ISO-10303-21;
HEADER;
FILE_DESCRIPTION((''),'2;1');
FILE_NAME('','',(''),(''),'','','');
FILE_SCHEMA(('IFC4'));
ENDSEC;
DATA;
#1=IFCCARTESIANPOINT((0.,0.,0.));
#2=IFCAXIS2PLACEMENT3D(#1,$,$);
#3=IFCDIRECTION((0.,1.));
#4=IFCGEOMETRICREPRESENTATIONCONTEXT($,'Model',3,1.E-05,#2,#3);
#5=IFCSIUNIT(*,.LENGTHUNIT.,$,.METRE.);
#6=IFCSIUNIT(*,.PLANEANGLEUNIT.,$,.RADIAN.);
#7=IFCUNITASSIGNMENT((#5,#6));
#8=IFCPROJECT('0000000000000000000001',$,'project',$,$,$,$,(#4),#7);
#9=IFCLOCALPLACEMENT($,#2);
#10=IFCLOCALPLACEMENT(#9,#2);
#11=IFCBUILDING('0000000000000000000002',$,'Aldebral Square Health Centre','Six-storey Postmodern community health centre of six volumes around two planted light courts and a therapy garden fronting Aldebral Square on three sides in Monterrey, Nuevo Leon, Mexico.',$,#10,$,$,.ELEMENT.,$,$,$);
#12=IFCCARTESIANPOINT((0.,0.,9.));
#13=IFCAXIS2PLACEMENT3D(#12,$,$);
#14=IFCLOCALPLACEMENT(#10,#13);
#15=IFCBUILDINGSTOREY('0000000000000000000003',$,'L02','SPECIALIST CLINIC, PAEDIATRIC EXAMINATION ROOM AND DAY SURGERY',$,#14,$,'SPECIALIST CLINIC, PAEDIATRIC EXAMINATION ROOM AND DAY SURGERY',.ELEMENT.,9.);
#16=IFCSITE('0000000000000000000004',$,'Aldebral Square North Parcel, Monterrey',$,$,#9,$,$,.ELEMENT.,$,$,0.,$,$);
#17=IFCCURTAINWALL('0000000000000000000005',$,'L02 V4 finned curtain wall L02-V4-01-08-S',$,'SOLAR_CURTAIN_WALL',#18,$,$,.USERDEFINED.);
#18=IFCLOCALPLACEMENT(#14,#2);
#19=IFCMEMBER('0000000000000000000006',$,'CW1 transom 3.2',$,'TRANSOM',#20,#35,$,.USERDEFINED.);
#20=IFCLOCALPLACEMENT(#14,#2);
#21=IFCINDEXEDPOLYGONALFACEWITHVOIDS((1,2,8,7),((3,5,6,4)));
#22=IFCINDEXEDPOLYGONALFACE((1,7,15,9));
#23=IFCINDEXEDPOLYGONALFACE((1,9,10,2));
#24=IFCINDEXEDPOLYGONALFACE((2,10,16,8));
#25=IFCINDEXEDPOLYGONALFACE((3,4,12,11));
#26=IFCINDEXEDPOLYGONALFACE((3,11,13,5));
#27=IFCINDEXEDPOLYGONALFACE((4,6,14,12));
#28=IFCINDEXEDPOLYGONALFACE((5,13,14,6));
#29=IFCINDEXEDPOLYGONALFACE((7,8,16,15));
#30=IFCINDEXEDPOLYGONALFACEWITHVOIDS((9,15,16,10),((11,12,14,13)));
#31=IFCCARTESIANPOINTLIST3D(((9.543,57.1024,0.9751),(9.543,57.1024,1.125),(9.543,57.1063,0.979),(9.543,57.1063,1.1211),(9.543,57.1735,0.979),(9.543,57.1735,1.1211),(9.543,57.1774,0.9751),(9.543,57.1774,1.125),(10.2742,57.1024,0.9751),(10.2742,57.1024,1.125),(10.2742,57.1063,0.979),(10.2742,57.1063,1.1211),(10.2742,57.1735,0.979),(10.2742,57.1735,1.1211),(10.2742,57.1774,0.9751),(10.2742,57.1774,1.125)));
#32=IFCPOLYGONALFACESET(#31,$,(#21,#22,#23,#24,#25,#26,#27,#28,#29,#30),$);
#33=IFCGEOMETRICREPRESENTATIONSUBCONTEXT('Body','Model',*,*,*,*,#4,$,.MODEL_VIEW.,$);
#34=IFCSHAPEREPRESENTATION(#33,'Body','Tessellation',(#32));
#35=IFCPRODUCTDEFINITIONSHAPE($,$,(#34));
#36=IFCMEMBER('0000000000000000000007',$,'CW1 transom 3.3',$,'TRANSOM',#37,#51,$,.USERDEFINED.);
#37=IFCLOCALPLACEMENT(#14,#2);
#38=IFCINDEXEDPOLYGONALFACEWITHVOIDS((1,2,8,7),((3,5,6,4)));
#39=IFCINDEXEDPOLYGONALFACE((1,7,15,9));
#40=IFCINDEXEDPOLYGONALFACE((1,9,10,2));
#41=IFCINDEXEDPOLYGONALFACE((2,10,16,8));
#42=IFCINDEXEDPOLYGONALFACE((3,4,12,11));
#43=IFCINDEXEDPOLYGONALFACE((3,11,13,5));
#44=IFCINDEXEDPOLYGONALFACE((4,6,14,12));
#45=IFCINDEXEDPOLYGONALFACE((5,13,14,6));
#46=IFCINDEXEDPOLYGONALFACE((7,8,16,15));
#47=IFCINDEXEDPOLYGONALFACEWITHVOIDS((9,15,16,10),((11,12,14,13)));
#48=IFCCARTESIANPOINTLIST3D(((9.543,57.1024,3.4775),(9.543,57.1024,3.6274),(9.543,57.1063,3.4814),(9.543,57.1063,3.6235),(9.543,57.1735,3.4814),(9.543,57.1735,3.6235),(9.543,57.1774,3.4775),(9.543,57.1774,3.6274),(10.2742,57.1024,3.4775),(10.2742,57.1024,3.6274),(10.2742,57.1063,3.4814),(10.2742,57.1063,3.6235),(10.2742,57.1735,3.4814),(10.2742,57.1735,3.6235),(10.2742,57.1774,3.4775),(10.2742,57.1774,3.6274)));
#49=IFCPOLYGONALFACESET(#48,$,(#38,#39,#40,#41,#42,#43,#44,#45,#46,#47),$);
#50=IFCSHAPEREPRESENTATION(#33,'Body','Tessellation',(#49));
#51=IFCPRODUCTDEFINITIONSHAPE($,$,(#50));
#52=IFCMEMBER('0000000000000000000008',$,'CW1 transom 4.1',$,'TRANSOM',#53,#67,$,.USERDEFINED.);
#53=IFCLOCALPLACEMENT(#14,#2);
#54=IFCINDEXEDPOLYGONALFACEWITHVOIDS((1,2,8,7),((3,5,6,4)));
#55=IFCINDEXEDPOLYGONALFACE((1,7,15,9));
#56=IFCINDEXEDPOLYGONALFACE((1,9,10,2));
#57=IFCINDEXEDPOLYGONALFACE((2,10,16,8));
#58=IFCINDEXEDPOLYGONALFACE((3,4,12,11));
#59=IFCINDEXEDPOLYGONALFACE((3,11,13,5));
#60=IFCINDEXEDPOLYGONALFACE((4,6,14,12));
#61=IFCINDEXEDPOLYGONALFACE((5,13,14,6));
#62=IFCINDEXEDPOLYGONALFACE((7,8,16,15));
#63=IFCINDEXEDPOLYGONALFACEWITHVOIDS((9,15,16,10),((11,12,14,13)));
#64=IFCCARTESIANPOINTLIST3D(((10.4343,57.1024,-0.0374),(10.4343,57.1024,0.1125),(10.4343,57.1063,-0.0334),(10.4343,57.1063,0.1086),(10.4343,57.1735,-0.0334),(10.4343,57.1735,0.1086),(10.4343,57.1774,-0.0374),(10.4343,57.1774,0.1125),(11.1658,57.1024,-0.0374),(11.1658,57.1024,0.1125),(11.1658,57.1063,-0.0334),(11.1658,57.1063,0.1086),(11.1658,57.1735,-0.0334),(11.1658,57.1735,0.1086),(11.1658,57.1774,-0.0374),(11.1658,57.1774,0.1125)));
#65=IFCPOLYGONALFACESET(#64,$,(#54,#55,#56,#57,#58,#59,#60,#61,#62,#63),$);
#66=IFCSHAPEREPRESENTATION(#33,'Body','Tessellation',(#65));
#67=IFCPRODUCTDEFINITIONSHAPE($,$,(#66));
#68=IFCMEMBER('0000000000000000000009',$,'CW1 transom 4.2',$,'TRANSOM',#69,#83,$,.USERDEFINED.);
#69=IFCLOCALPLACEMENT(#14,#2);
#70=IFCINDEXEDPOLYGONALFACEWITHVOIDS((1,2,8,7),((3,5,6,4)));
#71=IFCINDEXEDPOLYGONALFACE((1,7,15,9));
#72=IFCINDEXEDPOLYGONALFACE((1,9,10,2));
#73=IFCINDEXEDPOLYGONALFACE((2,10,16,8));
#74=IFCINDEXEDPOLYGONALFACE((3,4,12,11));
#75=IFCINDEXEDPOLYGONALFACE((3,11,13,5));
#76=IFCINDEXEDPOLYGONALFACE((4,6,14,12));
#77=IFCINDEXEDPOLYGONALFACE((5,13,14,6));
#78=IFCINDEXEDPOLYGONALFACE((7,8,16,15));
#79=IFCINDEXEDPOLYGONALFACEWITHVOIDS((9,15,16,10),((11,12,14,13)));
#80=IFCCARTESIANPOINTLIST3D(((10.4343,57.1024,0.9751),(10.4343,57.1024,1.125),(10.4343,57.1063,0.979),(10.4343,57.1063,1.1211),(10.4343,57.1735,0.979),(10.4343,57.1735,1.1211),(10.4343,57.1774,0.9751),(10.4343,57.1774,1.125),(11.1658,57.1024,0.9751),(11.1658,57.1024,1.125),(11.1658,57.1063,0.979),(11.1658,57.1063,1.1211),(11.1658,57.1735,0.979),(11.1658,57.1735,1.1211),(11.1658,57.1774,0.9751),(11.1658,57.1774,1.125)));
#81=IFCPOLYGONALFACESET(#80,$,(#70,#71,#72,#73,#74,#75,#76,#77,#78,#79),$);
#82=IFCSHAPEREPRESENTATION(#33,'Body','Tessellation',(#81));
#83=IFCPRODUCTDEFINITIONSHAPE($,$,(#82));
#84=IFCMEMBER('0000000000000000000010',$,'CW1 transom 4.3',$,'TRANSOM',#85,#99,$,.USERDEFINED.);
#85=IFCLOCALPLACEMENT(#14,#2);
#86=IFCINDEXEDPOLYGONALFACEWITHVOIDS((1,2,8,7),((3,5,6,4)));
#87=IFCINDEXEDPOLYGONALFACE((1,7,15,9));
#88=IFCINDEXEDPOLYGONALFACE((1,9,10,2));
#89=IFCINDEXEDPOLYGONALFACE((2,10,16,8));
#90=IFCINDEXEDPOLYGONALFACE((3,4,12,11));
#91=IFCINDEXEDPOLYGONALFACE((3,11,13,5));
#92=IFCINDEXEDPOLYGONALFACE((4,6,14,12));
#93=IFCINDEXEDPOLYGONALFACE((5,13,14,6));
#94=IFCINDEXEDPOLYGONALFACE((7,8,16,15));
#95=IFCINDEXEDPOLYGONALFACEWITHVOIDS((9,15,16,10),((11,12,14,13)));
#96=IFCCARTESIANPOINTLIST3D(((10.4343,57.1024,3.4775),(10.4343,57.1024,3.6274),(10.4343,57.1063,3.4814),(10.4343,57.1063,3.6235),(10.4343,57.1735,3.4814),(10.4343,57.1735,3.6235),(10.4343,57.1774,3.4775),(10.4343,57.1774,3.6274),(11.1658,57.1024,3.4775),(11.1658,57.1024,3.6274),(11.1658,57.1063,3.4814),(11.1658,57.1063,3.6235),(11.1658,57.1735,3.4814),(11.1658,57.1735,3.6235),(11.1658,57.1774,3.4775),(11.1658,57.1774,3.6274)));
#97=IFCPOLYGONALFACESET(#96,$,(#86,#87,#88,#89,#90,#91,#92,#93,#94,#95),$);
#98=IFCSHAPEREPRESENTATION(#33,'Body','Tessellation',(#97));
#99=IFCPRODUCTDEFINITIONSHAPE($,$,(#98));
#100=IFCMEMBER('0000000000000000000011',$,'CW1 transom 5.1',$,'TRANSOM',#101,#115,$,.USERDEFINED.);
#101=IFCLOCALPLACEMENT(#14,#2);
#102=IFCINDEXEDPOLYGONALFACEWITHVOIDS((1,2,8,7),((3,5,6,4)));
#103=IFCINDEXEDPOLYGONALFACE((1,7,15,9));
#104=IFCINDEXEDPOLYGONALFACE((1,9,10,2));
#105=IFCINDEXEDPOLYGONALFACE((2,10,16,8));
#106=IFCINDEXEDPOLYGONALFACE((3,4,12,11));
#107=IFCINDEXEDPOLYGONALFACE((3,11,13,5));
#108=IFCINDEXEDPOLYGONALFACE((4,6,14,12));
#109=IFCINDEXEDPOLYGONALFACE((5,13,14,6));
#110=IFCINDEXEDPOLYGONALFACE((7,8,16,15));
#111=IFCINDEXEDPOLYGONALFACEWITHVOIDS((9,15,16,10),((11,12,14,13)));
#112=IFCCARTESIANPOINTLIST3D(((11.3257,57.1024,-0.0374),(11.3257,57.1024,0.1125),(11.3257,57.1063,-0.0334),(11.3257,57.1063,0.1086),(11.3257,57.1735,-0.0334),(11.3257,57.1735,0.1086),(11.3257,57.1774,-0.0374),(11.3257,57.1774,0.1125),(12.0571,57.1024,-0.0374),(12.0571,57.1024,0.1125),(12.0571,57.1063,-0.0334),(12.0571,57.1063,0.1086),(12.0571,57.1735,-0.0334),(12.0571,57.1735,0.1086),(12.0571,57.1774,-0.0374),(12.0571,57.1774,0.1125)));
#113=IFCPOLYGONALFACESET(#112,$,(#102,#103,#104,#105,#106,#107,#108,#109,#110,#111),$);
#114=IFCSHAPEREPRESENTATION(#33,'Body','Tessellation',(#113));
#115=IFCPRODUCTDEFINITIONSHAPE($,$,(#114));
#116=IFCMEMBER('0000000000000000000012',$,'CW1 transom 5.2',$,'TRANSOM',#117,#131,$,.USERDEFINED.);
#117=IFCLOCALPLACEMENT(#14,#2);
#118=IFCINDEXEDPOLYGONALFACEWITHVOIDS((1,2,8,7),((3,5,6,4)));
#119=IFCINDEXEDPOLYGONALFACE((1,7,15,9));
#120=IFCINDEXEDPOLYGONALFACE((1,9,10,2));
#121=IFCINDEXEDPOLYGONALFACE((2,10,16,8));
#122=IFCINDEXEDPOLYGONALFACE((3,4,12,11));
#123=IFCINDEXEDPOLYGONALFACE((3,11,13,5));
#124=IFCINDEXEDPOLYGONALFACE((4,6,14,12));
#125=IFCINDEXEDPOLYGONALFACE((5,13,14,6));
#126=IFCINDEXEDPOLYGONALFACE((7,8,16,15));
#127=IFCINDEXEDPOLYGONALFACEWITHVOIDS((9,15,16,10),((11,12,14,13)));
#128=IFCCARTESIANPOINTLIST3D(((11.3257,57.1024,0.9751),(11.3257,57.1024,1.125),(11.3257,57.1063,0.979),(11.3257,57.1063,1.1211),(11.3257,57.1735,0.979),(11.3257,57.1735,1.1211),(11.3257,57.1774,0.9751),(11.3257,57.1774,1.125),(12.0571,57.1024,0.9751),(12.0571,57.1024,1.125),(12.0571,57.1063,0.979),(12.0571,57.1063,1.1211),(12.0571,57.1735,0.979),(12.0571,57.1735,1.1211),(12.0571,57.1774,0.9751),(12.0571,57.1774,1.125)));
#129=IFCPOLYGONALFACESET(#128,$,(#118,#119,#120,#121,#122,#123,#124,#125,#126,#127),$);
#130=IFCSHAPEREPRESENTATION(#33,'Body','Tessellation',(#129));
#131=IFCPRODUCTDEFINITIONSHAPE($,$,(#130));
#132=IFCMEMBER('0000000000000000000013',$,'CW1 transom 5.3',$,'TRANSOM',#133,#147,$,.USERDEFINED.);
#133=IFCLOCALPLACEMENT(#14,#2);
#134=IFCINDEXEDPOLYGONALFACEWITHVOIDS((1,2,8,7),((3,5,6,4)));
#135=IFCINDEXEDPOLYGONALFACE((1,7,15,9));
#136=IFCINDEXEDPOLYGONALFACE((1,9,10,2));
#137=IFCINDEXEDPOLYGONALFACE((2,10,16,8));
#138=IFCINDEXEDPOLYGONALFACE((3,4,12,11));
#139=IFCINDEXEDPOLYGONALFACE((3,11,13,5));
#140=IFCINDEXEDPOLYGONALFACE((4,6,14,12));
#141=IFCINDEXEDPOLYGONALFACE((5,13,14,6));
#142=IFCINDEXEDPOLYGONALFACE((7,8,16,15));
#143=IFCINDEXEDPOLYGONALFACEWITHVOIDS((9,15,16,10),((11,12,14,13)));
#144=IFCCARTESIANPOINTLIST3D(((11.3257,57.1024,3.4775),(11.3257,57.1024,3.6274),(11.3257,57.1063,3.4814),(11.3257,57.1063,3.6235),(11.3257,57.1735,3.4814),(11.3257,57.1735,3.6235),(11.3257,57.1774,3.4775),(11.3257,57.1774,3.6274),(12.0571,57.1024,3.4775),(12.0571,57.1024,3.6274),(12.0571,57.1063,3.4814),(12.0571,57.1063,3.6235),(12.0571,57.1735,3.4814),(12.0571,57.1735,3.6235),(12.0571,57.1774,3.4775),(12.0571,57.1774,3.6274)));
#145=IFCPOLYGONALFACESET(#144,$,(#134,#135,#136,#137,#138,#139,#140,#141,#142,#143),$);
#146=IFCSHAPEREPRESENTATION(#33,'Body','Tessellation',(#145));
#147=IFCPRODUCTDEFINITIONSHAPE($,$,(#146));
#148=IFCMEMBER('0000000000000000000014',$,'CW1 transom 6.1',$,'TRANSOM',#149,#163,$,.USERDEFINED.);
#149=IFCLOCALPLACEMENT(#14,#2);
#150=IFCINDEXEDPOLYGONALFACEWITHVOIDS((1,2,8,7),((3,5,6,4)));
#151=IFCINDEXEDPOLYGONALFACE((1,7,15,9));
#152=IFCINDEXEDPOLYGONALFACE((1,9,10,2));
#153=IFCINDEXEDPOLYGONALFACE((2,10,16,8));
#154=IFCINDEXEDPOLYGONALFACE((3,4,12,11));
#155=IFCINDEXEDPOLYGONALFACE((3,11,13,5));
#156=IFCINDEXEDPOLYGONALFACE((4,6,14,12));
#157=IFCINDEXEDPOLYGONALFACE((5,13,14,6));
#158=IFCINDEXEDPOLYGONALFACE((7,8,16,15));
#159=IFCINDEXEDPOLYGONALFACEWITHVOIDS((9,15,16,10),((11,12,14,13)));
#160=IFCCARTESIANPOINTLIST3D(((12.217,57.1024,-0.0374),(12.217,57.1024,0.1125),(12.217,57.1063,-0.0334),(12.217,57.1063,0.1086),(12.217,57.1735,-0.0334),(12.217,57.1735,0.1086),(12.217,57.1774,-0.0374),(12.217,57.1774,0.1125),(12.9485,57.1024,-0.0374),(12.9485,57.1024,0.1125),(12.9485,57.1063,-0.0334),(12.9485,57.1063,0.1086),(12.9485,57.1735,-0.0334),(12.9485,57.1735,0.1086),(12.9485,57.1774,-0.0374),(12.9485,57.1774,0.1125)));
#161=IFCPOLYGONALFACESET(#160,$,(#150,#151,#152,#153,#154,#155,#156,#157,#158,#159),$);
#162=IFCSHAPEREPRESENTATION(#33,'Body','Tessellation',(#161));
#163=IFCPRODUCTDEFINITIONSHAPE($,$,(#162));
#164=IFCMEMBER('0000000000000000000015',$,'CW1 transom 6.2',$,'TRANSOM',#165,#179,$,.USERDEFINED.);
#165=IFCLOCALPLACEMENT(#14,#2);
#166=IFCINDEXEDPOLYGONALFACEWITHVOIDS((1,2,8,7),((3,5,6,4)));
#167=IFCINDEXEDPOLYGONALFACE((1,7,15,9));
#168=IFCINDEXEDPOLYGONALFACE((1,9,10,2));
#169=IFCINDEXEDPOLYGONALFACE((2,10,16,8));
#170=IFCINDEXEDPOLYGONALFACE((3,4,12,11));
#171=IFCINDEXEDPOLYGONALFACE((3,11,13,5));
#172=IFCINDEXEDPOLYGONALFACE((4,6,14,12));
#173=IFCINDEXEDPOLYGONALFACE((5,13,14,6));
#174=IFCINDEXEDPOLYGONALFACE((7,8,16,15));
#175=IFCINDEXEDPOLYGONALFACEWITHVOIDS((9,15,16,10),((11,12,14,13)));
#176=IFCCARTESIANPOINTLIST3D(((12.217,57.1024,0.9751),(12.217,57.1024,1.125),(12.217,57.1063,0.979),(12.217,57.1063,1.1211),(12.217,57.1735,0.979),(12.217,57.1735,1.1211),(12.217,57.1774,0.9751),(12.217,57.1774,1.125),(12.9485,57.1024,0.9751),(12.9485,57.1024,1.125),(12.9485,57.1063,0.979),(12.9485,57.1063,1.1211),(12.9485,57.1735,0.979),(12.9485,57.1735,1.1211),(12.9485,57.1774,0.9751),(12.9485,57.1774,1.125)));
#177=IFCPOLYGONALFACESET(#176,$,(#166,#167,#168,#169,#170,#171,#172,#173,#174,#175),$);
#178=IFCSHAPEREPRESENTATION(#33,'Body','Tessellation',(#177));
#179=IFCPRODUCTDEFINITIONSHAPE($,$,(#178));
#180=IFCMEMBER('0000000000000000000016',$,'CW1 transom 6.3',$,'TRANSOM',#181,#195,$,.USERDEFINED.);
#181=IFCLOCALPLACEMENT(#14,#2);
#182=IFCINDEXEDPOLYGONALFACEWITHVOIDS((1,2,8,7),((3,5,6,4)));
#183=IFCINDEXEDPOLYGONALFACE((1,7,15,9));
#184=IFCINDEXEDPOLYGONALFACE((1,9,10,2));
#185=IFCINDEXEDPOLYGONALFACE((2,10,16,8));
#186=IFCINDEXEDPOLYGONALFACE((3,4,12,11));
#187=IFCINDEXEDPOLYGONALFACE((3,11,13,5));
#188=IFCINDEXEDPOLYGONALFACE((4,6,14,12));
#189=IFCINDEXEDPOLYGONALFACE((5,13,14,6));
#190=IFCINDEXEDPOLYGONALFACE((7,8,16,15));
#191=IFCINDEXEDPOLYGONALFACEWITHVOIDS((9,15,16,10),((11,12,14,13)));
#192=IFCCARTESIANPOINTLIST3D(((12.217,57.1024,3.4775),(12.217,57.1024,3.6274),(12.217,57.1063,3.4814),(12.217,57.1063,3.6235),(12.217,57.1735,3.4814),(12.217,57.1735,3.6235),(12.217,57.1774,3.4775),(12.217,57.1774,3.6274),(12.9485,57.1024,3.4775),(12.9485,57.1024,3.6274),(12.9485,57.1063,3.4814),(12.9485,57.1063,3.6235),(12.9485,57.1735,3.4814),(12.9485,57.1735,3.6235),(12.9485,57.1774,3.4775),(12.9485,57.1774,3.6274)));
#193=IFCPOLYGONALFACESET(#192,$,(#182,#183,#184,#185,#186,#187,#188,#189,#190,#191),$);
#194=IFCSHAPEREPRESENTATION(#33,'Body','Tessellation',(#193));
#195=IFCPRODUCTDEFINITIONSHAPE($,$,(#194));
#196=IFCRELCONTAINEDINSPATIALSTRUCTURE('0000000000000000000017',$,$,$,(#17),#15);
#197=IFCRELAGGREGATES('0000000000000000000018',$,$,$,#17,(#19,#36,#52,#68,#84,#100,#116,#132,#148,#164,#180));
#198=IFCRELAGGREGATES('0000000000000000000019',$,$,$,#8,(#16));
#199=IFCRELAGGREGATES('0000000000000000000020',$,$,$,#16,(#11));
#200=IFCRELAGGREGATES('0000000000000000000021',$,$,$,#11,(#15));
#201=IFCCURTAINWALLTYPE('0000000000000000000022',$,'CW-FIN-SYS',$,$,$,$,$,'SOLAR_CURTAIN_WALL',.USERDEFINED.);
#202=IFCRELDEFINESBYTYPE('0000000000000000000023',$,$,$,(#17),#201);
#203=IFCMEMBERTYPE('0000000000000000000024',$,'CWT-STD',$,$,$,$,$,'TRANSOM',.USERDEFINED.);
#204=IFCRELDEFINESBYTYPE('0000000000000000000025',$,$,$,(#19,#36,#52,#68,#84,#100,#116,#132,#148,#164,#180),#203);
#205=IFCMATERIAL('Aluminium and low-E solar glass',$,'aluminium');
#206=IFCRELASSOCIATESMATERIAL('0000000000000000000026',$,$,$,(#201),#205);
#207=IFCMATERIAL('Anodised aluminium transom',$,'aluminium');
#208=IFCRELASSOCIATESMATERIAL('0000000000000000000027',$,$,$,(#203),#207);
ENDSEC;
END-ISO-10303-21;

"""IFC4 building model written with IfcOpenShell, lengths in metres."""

from ifc_helpers import new_model, si_unit, direction, frame, origin, origin_2d, place, context, subcontext, project, spatial, hollow_rectangle, extrude, material, material_profile, profile_set, type_object, element, aggregate, save


model = new_model("IFC4")

# Units and contexts
model_context = context("Model", 3, precision=1e-05, world=origin(), true_north=direction((0.0, 1.0)))
body_context = subcontext(model_context, "Body", "Model", "MODEL_VIEW")
ifc_project = project(units=[si_unit("LENGTHUNIT", "METRE"), si_unit("PLANEANGLEUNIT", "RADIAN")], contexts=[model_context])

# Site, building, storey
site_placement = place(None, origin())
site = spatial("IfcSite", under=ifc_project, at=site_placement, Name="Aldebral Square North Parcel, Monterrey", CompositionType="ELEMENT", RefElevation=0.0)
building_placement = place(site_placement, origin())
building = spatial("IfcBuilding", under=site, at=building_placement, Name="Aldebral Square Health Centre", Description="Six-storey Postmodern community health centre of six volumes around two planted light courts and a therapy garden fronting Aldebral Square on three sides in Monterrey, Nuevo Leon, Mexico.", CompositionType="ELEMENT")
storey_placement = place(building_placement, frame((0.0, 0.0, 9.0)))
storey = spatial("IfcBuildingStorey", under=building, at=storey_placement, Name="L02", Description="SPECIALIST CLINIC, PAEDIATRIC EXAMINATION ROOM AND DAY SURGERY", LongName="SPECIALIST CLINIC, PAEDIATRIC EXAMINATION ROOM AND DAY SURGERY", CompositionType="ELEMENT", Elevation=9.0)

# Curtain wall, members
ifc_material_1 = material(Name="Aluminium and low-E solar glass", Category="aluminium")
curtain_wall_type = type_object("IfcCurtainWallType", Name="CW-FIN-SYS", ElementType="SOLAR_CURTAIN_WALL", PredefinedType="USERDEFINED", material=ifc_material_1)
curtain_wall_placement = place(storey_placement, origin())
curtain_wall = element("IfcCurtainWall", 1, at=curtain_wall_placement, inside=storey, type_object=curtain_wall_type, Name="L02 V4 finned curtain wall L02-V4-01-08-S", ObjectType="SOLAR_CURTAIN_WALL", PredefinedType="USERDEFINED")
ifc_material_2 = material(Name="Anodised aluminium transom", Category="aluminium")
ifc_material_profile_1 = material_profile(ifc_material_2, hollow_rectangle(XDim=0.075, YDim=0.1499, WallThickness=0.0039, at=origin_2d()), Name="CWT 75x150x4")
ifc_profile_set_1 = profile_set([ifc_material_profile_1], Name="Anodised aluminium transom")
member_type_1 = type_object("IfcMemberType", Name="CWT-STD", ElementType="TRANSOM", PredefinedType="USERDEFINED", material=ifc_profile_set_1)
member_1_placement = place(storey_placement, frame((9.543, 57.1399, 1.05), z_axis=(1.0, 0.0, 0.0), x_axis=(0.0, 1.0, 0.0)))
member_1 = element("IfcMember", 2, at=member_1_placement, type_object=member_type_1, Name="CW1 transom 3.2", ObjectType="TRANSOM", PredefinedType="USERDEFINED", context=body_context, shape_type="SweptSolid", body=[
    extrude(hollow_rectangle(XDim=0.075, YDim=0.1499, WallThickness=0.0039, at=origin_2d()), origin(), (0.0, 0.0, 1.0), 0.7312),
])
member_2_placement = place(storey_placement, frame((9.543, 57.1399, 3.5525), z_axis=(1.0, 0.0, 0.0), x_axis=(0.0, 1.0, 0.0)))
member_2 = element("IfcMember", 3, at=member_2_placement, type_object=member_type_1, Name="CW1 transom 3.3", ObjectType="TRANSOM", PredefinedType="USERDEFINED", context=body_context, shape_type="SweptSolid", body=[
    extrude(hollow_rectangle(XDim=0.075, YDim=0.1499, WallThickness=0.0039, at=origin_2d()), origin(), (0.0, 0.0, 1.0), 0.7312),
])
member_3_placement = place(storey_placement, frame((10.4343, 57.1399, 0.0376), z_axis=(1.0, 0.0, 0.0), x_axis=(0.0, 1.0, 0.0)))
member_3 = element("IfcMember", 4, at=member_3_placement, type_object=member_type_1, Name="CW1 transom 4.1", ObjectType="TRANSOM", PredefinedType="USERDEFINED", context=body_context, shape_type="SweptSolid", body=[
    extrude(hollow_rectangle(XDim=0.075, YDim=0.1499, WallThickness=0.0039, at=origin_2d()), origin(), (0.0, 0.0, 1.0), 0.7314),
])
member_4_placement = place(storey_placement, frame((10.4343, 57.1399, 1.05), z_axis=(1.0, 0.0, 0.0), x_axis=(0.0, 1.0, 0.0)))
member_4 = element("IfcMember", 5, at=member_4_placement, type_object=member_type_1, Name="CW1 transom 4.2", ObjectType="TRANSOM", PredefinedType="USERDEFINED", context=body_context, shape_type="SweptSolid", body=[
    extrude(hollow_rectangle(XDim=0.075, YDim=0.1499, WallThickness=0.0039, at=origin_2d()), origin(), (0.0, 0.0, 1.0), 0.7314),
])
member_5_placement = place(storey_placement, frame((10.4343, 57.1399, 3.5525), z_axis=(1.0, 0.0, 0.0), x_axis=(0.0, 1.0, 0.0)))
member_5 = element("IfcMember", 6, at=member_5_placement, type_object=member_type_1, Name="CW1 transom 4.3", ObjectType="TRANSOM", PredefinedType="USERDEFINED", context=body_context, shape_type="SweptSolid", body=[
    extrude(hollow_rectangle(XDim=0.075, YDim=0.1499, WallThickness=0.0039, at=origin_2d()), origin(), (0.0, 0.0, 1.0), 0.7314),
])
member_6_placement = place(storey_placement, frame((11.3257, 57.1399, 0.0376), z_axis=(1.0, 0.0, 0.0), x_axis=(0.0, 1.0, 0.0)))
member_6 = element("IfcMember", 7, at=member_6_placement, type_object=member_type_1, Name="CW1 transom 5.1", ObjectType="TRANSOM", PredefinedType="USERDEFINED", context=body_context, shape_type="SweptSolid", body=[
    extrude(hollow_rectangle(XDim=0.075, YDim=0.1499, WallThickness=0.0039, at=origin_2d()), origin(), (0.0, 0.0, 1.0), 0.7314),
])
member_7_placement = place(storey_placement, frame((11.3257, 57.1399, 1.05), z_axis=(1.0, 0.0, 0.0), x_axis=(0.0, 1.0, 0.0)))
member_7 = element("IfcMember", 8, at=member_7_placement, type_object=member_type_1, Name="CW1 transom 5.2", ObjectType="TRANSOM", PredefinedType="USERDEFINED", context=body_context, shape_type="SweptSolid", body=[
    extrude(hollow_rectangle(XDim=0.075, YDim=0.1499, WallThickness=0.0039, at=origin_2d()), origin(), (0.0, 0.0, 1.0), 0.7314),
])
member_8_placement = place(storey_placement, frame((11.3257, 57.1399, 3.5525), z_axis=(1.0, 0.0, 0.0), x_axis=(0.0, 1.0, 0.0)))
member_8 = element("IfcMember", 9, at=member_8_placement, type_object=member_type_1, Name="CW1 transom 5.3", ObjectType="TRANSOM", PredefinedType="USERDEFINED", context=body_context, shape_type="SweptSolid", body=[
    extrude(hollow_rectangle(XDim=0.075, YDim=0.1499, WallThickness=0.0039, at=origin_2d()), origin(), (0.0, 0.0, 1.0), 0.7314),
])
member_9_placement = place(storey_placement, frame((12.217, 57.1399, 0.0376), z_axis=(1.0, 0.0, 0.0), x_axis=(0.0, 1.0, 0.0)))
member_9 = element("IfcMember", 10, at=member_9_placement, type_object=member_type_1, Name="CW1 transom 6.1", ObjectType="TRANSOM", PredefinedType="USERDEFINED", context=body_context, shape_type="SweptSolid", body=[
    extrude(hollow_rectangle(XDim=0.075, YDim=0.1499, WallThickness=0.0039, at=origin_2d()), origin(), (0.0, 0.0, 1.0), 0.7314),
])
member_10_placement = place(storey_placement, frame((12.217, 57.1399, 1.05), z_axis=(1.0, 0.0, 0.0), x_axis=(0.0, 1.0, 0.0)))
member_10 = element("IfcMember", 11, at=member_10_placement, type_object=member_type_1, Name="CW1 transom 6.2", ObjectType="TRANSOM", PredefinedType="USERDEFINED", context=body_context, shape_type="SweptSolid", body=[
    extrude(hollow_rectangle(XDim=0.075, YDim=0.1499, WallThickness=0.0039, at=origin_2d()), origin(), (0.0, 0.0, 1.0), 0.7314),
])
member_11_placement = place(storey_placement, frame((12.217, 57.1399, 3.5525), z_axis=(1.0, 0.0, 0.0), x_axis=(0.0, 1.0, 0.0)))
member_11 = element("IfcMember", 12, at=member_11_placement, type_object=member_type_1, Name="CW1 transom 6.3", ObjectType="TRANSOM", PredefinedType="USERDEFINED", context=body_context, shape_type="SweptSolid", body=[
    extrude(hollow_rectangle(XDim=0.075, YDim=0.1499, WallThickness=0.0039, at=origin_2d()), origin(), (0.0, 0.0, 1.0), 0.7314),
])
aggregate(curtain_wall, [member_1, member_2, member_3, member_4, member_5, member_6, member_7, member_8, member_9, member_10, member_11])

save(model, "model.ifc")
